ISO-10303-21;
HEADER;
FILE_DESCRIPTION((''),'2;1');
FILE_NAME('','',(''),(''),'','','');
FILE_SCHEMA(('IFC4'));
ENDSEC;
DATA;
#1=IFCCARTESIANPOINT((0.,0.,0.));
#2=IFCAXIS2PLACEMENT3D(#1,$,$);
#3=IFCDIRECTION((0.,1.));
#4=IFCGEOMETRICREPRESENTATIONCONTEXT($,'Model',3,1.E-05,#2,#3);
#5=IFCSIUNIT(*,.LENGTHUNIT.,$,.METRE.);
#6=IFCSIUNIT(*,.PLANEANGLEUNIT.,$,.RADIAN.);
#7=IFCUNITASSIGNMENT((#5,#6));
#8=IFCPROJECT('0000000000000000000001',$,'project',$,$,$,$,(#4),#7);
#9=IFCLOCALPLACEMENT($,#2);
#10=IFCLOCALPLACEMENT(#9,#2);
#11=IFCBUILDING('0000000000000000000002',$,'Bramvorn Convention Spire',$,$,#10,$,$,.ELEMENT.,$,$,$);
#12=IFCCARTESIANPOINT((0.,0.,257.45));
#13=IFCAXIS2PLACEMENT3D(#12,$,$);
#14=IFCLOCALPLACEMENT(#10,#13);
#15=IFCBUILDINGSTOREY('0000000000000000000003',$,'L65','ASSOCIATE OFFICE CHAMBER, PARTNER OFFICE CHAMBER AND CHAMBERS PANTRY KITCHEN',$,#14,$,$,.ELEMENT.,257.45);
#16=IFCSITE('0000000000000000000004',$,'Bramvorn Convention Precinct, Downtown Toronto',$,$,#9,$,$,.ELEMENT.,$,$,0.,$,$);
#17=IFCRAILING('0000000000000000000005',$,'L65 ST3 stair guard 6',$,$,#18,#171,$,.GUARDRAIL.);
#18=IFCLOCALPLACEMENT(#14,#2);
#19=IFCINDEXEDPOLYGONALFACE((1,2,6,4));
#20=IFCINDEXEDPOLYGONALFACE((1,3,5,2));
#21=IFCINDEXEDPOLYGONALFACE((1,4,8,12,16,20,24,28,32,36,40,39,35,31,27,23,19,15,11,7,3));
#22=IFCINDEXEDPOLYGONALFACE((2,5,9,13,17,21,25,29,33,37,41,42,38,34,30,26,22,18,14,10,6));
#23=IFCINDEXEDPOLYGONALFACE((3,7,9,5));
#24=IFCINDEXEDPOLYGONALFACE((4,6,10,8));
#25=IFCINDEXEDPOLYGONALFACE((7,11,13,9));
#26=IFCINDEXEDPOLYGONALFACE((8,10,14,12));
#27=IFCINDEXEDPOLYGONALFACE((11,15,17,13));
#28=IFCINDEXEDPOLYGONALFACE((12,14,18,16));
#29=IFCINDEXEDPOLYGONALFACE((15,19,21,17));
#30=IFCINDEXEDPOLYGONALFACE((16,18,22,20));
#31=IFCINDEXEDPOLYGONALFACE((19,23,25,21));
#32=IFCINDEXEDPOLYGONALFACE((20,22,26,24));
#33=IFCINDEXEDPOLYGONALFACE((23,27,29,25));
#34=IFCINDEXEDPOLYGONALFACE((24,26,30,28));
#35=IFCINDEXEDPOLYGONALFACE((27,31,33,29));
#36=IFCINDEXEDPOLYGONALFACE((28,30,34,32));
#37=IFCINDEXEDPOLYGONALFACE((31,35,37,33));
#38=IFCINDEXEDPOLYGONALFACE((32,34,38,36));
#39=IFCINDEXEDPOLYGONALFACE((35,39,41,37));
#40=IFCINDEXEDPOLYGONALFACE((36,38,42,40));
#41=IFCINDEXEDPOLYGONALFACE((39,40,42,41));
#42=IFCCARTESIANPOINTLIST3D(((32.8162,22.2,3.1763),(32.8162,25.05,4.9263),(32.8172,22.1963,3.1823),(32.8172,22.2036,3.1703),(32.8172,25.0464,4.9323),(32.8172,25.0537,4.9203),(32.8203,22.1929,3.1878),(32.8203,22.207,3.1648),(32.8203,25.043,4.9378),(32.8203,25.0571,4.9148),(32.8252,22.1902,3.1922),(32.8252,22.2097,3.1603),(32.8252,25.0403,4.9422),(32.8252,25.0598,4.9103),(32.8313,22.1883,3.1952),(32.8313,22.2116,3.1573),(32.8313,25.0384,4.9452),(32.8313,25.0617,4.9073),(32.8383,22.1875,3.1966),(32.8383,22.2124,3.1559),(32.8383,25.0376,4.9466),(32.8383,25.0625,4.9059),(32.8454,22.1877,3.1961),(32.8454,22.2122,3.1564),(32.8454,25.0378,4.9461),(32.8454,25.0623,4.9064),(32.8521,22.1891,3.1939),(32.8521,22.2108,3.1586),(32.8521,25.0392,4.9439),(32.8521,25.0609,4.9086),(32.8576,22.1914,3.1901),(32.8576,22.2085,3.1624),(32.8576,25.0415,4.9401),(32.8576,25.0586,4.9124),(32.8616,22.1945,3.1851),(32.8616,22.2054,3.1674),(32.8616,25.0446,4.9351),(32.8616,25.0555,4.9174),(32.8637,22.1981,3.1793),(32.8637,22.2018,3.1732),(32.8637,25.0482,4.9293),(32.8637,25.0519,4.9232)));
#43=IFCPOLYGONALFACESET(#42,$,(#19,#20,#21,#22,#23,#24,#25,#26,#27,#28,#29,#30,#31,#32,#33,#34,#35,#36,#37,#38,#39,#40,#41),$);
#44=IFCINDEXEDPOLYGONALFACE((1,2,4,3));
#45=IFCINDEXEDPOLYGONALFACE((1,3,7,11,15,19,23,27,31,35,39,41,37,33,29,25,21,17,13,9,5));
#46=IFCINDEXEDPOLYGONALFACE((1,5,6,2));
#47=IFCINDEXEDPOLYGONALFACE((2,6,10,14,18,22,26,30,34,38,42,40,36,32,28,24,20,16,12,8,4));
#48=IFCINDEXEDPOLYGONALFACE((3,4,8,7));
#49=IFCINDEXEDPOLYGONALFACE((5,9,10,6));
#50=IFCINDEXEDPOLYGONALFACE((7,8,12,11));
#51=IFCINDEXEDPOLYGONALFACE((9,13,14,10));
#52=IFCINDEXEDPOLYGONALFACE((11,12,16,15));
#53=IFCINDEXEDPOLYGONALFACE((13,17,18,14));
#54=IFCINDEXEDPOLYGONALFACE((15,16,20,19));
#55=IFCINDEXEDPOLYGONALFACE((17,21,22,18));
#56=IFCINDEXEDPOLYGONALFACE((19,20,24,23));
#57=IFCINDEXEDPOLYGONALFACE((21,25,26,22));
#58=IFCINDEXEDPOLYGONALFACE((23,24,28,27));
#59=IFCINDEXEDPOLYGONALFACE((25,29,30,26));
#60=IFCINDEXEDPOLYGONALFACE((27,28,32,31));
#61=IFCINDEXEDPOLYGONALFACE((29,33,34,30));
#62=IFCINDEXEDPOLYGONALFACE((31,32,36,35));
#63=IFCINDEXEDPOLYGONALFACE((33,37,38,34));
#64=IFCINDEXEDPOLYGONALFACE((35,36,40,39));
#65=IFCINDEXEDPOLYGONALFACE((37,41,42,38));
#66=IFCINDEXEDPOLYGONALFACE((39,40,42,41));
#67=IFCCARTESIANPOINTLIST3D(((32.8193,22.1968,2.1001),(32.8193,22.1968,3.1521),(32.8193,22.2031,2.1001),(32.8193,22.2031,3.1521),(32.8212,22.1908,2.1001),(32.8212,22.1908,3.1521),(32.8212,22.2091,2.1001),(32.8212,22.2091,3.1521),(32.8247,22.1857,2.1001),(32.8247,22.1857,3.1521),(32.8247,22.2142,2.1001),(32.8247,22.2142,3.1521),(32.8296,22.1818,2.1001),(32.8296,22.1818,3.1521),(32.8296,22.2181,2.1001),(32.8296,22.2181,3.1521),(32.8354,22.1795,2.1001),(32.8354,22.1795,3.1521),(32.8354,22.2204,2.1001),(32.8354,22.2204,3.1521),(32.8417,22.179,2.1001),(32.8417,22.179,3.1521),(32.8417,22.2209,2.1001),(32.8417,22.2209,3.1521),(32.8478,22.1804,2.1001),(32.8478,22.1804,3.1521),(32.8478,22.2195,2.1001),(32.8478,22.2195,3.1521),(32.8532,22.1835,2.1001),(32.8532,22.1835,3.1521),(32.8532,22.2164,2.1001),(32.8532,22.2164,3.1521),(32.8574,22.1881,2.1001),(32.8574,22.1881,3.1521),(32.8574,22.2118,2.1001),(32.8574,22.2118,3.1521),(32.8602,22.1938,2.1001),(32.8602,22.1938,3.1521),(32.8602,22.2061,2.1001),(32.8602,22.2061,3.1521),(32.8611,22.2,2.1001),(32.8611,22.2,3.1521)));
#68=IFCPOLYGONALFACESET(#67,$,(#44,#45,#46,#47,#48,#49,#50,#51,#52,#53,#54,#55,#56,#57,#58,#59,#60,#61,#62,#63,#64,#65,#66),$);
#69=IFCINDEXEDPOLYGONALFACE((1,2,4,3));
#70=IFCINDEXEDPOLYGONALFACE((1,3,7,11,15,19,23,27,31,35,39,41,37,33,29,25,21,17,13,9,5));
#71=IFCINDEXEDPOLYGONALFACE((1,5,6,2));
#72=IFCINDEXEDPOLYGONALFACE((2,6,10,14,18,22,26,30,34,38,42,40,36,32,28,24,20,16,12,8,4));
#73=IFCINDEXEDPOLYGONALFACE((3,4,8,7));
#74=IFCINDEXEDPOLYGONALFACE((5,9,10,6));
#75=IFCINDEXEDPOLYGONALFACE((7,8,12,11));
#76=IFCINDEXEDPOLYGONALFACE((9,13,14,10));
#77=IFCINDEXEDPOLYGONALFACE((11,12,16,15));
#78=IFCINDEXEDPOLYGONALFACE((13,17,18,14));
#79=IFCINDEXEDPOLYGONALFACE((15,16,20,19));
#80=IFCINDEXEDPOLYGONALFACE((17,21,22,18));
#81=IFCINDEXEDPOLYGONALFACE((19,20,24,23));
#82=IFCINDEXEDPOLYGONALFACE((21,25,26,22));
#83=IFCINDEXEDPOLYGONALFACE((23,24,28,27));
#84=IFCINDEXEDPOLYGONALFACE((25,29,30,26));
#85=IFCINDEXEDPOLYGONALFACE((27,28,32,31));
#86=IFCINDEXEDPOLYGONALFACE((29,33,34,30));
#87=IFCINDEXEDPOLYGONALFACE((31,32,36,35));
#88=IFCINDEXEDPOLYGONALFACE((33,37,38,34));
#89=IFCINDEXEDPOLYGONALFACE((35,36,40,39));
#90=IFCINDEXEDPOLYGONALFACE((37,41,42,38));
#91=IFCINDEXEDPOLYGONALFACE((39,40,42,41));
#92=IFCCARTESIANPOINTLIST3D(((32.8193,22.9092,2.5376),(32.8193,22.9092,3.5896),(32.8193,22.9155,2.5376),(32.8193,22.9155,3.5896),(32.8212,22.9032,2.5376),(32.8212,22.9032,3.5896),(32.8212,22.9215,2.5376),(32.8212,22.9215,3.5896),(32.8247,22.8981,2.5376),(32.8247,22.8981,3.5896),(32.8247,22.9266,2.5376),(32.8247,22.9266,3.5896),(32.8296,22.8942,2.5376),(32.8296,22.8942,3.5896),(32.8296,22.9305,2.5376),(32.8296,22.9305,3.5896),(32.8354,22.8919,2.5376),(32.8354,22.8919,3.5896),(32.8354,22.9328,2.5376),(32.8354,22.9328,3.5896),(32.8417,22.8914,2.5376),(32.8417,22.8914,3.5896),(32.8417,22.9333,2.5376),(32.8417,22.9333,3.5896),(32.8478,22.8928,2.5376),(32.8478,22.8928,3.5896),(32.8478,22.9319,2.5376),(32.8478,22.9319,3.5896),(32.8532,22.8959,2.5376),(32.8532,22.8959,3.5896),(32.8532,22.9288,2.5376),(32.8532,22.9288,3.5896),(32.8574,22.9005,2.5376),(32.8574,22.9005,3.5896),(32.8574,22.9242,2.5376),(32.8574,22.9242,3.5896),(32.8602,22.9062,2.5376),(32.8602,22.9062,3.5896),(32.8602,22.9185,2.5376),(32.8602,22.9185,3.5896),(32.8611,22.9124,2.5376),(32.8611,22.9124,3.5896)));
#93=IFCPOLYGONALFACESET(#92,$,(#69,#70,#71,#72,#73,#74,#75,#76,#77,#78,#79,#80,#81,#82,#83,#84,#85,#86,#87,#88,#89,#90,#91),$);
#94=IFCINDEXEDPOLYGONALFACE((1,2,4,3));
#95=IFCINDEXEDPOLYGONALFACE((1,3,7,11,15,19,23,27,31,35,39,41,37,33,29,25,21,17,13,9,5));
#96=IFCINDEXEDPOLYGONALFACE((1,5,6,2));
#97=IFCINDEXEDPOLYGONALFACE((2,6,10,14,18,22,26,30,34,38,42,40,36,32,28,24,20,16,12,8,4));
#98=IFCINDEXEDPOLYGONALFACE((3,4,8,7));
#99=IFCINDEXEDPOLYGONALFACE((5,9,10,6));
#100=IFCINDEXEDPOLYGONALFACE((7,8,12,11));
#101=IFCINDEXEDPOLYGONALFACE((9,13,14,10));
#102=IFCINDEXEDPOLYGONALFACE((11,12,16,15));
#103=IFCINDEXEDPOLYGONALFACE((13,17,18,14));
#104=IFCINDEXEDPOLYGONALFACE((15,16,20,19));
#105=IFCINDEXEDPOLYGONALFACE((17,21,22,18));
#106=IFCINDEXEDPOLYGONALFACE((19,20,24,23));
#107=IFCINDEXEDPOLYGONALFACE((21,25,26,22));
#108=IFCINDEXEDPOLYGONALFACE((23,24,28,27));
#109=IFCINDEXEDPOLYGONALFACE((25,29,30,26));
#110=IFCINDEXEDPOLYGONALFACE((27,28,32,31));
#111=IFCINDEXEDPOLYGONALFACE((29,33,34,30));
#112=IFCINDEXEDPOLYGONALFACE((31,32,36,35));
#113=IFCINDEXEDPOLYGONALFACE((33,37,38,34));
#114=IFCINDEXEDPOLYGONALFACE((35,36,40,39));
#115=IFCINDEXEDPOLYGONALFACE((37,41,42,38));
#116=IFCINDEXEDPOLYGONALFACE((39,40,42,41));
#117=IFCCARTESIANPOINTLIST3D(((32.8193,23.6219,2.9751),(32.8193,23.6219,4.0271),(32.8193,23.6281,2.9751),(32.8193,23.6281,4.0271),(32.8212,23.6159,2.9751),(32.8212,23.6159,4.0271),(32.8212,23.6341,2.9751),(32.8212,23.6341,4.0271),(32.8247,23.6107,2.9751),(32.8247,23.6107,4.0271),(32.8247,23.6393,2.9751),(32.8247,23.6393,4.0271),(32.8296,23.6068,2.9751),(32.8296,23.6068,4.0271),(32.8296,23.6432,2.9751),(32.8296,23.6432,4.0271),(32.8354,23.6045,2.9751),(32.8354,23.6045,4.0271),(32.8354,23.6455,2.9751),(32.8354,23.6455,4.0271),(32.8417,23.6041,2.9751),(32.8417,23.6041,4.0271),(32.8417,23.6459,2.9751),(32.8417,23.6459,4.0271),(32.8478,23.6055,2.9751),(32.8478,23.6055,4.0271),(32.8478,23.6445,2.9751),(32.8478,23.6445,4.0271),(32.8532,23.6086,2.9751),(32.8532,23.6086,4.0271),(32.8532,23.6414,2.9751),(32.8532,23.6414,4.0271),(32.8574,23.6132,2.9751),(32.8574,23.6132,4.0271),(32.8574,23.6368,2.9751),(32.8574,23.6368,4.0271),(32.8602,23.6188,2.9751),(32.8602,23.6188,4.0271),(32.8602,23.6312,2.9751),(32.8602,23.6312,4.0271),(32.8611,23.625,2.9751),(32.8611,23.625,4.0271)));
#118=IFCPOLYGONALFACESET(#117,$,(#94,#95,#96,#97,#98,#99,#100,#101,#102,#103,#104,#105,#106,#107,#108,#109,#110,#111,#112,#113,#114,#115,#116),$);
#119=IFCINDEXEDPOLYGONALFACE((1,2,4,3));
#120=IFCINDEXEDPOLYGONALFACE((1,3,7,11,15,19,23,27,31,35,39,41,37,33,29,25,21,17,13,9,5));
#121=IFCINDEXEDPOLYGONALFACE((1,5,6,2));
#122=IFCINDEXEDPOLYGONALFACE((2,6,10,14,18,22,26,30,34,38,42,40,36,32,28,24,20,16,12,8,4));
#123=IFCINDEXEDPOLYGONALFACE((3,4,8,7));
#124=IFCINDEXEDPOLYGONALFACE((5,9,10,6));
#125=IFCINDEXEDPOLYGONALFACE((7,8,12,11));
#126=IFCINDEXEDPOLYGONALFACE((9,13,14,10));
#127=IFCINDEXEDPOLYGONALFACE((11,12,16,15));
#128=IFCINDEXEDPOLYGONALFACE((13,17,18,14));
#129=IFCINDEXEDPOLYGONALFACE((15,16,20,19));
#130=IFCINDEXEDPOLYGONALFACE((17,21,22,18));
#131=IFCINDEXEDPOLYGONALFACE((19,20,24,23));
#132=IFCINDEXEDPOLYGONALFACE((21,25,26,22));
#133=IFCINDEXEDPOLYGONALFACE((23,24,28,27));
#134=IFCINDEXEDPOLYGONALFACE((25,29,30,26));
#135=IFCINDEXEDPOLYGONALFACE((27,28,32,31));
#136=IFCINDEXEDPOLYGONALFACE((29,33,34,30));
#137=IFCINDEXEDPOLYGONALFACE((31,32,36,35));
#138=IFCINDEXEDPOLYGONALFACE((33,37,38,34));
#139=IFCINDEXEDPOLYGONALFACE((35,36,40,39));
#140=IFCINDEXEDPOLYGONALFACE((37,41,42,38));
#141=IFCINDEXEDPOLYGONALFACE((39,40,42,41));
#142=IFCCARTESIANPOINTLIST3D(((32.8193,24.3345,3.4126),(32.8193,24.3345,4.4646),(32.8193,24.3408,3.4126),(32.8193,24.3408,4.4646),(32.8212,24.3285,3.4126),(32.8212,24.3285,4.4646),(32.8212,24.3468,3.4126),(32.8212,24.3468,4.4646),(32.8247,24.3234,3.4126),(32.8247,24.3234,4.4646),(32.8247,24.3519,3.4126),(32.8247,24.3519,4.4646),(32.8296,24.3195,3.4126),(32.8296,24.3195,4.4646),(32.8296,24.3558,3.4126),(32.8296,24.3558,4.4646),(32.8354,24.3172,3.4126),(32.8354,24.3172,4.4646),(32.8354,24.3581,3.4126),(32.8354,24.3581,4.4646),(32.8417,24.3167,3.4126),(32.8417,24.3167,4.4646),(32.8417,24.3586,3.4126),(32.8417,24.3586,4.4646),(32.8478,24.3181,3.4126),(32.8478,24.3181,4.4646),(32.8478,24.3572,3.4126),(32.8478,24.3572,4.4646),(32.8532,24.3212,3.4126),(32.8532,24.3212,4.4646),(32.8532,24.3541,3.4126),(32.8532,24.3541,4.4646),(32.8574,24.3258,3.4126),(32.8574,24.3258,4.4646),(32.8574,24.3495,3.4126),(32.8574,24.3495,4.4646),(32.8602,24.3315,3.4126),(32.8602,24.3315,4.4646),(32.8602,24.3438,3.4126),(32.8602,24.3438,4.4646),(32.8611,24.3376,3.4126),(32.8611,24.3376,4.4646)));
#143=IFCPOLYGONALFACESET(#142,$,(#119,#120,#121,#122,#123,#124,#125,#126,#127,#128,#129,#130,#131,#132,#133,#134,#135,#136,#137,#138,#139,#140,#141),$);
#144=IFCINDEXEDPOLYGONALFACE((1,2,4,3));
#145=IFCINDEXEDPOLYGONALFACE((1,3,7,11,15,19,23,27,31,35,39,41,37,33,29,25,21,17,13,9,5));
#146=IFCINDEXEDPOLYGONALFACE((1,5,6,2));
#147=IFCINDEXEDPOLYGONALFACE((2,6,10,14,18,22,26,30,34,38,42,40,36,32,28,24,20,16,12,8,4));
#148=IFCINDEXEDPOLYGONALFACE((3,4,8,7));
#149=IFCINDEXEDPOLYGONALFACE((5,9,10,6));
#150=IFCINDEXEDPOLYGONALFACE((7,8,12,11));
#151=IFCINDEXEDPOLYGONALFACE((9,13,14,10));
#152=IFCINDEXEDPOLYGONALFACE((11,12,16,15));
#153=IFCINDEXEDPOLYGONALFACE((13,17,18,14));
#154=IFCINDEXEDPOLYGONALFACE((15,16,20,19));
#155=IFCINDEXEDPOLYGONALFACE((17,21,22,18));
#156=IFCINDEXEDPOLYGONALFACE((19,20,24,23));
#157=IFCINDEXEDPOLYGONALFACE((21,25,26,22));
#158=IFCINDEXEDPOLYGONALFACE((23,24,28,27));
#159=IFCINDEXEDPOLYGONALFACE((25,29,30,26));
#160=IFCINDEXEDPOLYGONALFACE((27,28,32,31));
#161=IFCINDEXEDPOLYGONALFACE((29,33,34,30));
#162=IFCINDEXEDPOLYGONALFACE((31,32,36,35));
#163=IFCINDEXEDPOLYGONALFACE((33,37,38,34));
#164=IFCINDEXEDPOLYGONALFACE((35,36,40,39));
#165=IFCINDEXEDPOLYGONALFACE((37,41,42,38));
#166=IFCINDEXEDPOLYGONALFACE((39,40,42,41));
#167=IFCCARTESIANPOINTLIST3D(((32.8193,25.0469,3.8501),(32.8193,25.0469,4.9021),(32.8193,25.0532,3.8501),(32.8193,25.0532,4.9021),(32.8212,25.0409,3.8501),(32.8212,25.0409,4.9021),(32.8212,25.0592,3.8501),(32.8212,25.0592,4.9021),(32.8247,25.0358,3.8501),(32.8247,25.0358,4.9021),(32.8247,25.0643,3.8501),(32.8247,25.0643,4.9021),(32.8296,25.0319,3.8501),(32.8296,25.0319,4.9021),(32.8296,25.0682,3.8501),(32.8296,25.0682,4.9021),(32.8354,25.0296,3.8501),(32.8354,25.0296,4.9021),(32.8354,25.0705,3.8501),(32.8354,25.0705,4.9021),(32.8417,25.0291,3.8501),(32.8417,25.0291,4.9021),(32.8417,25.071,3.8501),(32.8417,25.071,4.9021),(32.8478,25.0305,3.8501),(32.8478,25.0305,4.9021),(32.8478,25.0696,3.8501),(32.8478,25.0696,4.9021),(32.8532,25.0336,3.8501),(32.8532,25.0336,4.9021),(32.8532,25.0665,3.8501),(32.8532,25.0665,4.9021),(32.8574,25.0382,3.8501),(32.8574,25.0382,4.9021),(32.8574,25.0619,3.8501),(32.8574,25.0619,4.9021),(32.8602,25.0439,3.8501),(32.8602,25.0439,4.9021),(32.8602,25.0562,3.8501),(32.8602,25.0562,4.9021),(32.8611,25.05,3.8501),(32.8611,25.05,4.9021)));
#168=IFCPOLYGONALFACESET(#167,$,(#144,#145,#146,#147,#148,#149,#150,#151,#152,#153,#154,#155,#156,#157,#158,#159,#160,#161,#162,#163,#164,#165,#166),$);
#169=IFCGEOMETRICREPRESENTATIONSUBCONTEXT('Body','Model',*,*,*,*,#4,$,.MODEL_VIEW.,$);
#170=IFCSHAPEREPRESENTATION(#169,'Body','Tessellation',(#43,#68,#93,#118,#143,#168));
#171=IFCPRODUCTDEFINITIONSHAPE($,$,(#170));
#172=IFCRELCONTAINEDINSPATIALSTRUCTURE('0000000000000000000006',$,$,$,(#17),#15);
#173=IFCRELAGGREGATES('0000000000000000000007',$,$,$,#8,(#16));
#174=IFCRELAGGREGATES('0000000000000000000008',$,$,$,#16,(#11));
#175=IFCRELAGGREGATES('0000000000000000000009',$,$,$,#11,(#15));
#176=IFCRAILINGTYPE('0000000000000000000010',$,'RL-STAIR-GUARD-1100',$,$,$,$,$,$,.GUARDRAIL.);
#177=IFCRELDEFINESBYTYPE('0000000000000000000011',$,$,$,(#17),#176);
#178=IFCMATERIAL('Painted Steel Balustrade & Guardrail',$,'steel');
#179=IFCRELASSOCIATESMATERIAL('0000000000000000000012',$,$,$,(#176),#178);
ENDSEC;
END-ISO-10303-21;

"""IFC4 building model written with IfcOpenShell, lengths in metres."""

from ifc_helpers import new_model, si_unit, direction, frame, origin, origin_2d, place, context, subcontext, project, spatial, circle, extrude, material, type_object, element, save


model = new_model("IFC4")

# Units and contexts
model_context = context("Model", 3, precision=1e-05, world=origin(), true_north=direction((0.0, 1.0)))
body_context = subcontext(model_context, "Body", "Model", "MODEL_VIEW")
ifc_project = project(units=[si_unit("LENGTHUNIT", "METRE"), si_unit("PLANEANGLEUNIT", "RADIAN")], contexts=[model_context])

# Site, building, storey
site_placement = place(None, origin())
site = spatial("IfcSite", under=ifc_project, at=site_placement, Name="Bramvorn Convention Precinct, Downtown Toronto", CompositionType="ELEMENT", RefElevation=0.0)
building_placement = place(site_placement, origin())
building = spatial("IfcBuilding", under=site, at=building_placement, Name="Bramvorn Convention Spire", CompositionType="ELEMENT")
storey_placement = place(building_placement, frame((0.0, 0.0, 257.45)))
storey = spatial("IfcBuildingStorey", under=building, at=storey_placement, Name="L65", Description="ASSOCIATE OFFICE CHAMBER, PARTNER OFFICE CHAMBER AND CHAMBERS PANTRY KITCHEN", CompositionType="ELEMENT", Elevation=257.45)

# Railing
ifc_material_1 = material(Name="Painted Steel Balustrade & Guardrail", Category="steel")
railing_type_1 = type_object("IfcRailingType", Name="RL-STAIR-GUARD-1100", PredefinedType="GUARDRAIL", material=ifc_material_1)
railing_1_placement = place(storey_placement, frame((32.8401, 22.2, 2.1001)))
element("IfcRailing", 1, at=railing_1_placement, inside=storey, type_object=railing_type_1, Name="L65 ST3 stair guard 6", PredefinedType="GUARDRAIL", context=body_context, shape_type="SweptSolid", body=[
    extrude(circle(Radius=0.0239, at=origin_2d()), frame((0.0, 0.0, 1.0762), z_axis=(0.0, 0.852179, 0.52325), x_axis=(-1.0, 0.0, 0.0)), (0.0, 0.0, 1.0), 3.3445),
    extrude(circle(Radius=0.021, at=origin_2d()), origin(), (0.0, 0.0, 1.0), 1.052),
    extrude(circle(Radius=0.021, at=origin_2d()), frame((0.0, 0.7124, 0.4375)), (0.0, 0.0, 1.0), 1.052),
    extrude(circle(Radius=0.021, at=origin_2d()), frame((0.0, 1.425, 0.875)), (0.0, 0.0, 1.0), 1.052),
    extrude(circle(Radius=0.021, at=origin_2d()), frame((0.0, 2.1377, 1.3125)), (0.0, 0.0, 1.0), 1.052),
    extrude(circle(Radius=0.021, at=origin_2d()), frame((0.0, 2.8501, 1.75)), (0.0, 0.0, 1.0), 1.052),
])

save(model, "model.ifc")
